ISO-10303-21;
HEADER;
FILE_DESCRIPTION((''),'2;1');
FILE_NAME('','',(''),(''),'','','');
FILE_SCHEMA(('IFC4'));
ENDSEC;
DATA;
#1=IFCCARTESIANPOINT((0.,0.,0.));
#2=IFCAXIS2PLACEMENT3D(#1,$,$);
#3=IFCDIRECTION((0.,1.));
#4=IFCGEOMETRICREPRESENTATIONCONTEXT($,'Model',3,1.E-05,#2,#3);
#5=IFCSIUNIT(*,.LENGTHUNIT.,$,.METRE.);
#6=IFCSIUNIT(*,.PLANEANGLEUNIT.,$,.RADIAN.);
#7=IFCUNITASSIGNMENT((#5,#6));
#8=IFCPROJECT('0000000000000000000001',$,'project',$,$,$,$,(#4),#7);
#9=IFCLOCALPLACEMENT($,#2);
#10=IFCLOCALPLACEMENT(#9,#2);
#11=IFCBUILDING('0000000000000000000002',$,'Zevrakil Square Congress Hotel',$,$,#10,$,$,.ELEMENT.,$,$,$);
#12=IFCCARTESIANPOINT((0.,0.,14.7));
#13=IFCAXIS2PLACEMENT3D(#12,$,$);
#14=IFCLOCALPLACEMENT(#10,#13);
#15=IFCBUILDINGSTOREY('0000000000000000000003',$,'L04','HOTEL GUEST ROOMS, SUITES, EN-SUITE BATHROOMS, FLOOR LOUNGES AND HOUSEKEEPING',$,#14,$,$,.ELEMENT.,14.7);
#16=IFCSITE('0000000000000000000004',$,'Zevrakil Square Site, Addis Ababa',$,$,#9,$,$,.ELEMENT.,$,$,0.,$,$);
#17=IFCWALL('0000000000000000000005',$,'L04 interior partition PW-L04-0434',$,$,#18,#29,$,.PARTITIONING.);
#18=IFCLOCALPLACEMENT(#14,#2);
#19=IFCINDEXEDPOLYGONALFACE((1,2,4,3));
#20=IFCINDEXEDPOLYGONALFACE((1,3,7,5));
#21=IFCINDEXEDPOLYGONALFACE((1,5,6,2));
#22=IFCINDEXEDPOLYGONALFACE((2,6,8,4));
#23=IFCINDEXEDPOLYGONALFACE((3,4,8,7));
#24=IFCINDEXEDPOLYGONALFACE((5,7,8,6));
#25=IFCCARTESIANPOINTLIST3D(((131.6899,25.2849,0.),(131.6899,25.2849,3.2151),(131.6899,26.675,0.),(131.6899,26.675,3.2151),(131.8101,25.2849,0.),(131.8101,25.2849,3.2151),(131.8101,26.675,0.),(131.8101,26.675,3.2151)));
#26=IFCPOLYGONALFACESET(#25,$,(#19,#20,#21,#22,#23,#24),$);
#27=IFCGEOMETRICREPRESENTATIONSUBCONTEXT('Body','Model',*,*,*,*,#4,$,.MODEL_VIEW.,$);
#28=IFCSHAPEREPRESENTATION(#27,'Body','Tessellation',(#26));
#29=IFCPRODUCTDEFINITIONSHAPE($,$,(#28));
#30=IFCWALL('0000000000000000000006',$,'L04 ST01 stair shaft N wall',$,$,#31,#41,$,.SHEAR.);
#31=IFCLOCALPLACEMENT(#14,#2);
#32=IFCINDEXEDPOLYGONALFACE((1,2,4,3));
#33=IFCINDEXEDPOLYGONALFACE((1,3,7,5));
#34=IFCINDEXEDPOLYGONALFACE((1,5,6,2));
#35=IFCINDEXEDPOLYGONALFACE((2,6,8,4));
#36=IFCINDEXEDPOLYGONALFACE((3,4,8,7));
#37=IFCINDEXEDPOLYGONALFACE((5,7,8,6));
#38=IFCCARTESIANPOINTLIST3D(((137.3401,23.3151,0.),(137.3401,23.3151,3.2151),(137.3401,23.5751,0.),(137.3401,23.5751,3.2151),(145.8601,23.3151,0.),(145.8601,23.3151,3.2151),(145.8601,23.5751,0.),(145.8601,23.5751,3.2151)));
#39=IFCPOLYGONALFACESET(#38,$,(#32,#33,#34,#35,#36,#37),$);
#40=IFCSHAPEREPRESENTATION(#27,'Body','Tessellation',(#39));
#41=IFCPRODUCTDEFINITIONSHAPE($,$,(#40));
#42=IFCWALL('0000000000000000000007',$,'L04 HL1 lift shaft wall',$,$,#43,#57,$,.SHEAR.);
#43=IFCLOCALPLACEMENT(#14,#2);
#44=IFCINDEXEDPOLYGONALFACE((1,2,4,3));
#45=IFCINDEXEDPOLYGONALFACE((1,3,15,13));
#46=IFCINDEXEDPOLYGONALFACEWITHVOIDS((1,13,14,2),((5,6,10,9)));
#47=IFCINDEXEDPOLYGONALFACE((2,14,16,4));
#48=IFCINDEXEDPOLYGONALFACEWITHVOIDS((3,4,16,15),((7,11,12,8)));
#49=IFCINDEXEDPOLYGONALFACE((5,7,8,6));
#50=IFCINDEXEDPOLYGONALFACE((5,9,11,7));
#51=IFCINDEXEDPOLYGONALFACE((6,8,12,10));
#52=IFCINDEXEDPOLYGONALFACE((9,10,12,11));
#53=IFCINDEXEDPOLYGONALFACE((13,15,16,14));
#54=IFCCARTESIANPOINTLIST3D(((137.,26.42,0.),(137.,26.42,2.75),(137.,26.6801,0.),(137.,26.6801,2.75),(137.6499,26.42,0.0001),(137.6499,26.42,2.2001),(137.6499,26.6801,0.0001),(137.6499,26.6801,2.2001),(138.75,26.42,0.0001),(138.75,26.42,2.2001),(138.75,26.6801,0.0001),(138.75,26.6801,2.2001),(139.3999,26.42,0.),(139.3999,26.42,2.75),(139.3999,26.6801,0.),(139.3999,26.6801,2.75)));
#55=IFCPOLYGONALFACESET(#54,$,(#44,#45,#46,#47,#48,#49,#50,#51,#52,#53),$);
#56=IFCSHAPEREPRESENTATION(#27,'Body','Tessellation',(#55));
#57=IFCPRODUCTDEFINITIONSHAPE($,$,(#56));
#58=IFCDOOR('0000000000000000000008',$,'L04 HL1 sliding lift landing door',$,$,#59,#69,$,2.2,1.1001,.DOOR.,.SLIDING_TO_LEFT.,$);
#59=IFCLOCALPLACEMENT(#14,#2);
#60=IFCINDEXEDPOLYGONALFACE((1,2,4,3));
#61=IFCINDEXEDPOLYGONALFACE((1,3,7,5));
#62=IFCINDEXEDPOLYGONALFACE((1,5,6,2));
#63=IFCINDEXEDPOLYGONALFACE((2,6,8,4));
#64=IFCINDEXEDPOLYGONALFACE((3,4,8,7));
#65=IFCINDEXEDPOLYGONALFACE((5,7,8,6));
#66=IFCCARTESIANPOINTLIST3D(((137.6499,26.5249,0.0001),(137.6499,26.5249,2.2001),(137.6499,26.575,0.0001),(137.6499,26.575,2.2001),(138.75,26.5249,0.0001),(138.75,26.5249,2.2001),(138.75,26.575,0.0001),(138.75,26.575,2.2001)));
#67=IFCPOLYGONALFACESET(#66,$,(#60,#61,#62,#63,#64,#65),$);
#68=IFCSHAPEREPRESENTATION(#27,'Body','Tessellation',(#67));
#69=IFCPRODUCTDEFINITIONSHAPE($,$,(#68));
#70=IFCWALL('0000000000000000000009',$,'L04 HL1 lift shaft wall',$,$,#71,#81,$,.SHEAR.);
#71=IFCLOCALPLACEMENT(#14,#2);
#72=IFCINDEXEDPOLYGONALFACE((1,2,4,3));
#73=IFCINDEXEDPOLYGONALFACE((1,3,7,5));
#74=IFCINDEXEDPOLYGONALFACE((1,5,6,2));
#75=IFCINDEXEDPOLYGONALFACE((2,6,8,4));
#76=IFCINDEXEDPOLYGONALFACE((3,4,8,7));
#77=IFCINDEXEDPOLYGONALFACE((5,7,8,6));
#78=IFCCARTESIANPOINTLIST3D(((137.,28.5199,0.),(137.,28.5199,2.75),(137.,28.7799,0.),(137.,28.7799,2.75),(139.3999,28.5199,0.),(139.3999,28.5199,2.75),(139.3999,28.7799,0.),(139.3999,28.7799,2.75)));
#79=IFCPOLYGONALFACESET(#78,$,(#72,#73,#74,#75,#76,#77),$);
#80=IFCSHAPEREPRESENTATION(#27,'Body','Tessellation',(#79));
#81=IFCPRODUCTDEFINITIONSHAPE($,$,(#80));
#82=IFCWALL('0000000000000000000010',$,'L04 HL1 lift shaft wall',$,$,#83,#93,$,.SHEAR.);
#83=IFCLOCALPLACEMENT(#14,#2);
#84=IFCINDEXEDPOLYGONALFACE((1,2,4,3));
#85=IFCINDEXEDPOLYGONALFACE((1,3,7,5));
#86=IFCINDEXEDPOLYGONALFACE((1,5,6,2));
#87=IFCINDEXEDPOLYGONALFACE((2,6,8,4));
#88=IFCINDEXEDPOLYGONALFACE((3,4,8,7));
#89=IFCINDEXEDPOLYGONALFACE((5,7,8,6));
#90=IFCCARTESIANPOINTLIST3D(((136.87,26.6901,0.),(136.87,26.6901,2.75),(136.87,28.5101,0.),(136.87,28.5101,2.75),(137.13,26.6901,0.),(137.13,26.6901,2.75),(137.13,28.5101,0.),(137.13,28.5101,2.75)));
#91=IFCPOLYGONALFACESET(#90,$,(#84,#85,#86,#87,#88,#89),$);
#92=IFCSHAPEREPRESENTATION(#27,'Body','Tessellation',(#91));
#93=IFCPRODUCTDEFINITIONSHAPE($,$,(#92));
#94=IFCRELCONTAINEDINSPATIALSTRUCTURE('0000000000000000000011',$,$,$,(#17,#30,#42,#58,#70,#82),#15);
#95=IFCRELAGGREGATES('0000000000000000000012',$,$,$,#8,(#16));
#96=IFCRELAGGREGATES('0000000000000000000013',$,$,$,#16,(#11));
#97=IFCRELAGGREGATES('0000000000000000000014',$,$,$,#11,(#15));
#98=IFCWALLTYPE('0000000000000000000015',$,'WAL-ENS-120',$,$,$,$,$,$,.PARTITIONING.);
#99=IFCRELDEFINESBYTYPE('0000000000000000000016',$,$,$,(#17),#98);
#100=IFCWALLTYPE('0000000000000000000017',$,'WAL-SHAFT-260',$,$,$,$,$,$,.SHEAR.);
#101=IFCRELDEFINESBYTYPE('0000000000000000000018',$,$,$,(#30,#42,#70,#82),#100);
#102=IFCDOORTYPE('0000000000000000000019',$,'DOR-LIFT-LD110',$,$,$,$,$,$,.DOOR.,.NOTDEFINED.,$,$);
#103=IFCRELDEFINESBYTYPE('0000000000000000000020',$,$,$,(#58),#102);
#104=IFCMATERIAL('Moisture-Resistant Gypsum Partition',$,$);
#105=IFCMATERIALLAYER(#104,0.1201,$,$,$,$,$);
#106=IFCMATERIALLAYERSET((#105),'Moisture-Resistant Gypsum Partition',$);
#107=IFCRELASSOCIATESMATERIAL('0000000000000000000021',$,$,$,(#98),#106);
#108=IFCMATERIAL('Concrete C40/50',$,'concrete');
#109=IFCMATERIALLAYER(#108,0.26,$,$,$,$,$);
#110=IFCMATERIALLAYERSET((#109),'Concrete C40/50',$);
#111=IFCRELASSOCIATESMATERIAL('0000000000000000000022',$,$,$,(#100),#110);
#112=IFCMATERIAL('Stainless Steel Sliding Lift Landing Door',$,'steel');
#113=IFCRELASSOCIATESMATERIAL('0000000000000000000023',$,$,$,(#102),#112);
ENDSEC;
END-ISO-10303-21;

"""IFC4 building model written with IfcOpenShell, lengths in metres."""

from ifc_helpers import new_model, si_unit, direction, frame, frame_2d, origin, place, context, subcontext, project, spatial, rectangle, extrude, material, layer, layer_set, type_object, element, fill, save


model = new_model("IFC4")

# Units and contexts
model_context = context("Model", 3, precision=1e-05, world=origin(), true_north=direction((0.0, 1.0)))
body_context = subcontext(model_context, "Body", "Model", "MODEL_VIEW")
ifc_project = project(units=[si_unit("LENGTHUNIT", "METRE"), si_unit("PLANEANGLEUNIT", "RADIAN")], contexts=[model_context])

# Site, building, storey
site_placement = place(None, origin())
site = spatial("IfcSite", under=ifc_project, at=site_placement, Name="Zevrakil Square Site, Addis Ababa", CompositionType="ELEMENT", RefElevation=0.0)
building_placement = place(site_placement, origin())
building = spatial("IfcBuilding", under=site, at=building_placement, Name="Zevrakil Square Congress Hotel", CompositionType="ELEMENT")
storey_placement = place(building_placement, frame((0.0, 0.0, 14.7)))
storey = spatial("IfcBuildingStorey", under=building, at=storey_placement, Name="L04", Description="HOTEL GUEST ROOMS, SUITES, EN-SUITE BATHROOMS, FLOOR LOUNGES AND HOUSEKEEPING", CompositionType="ELEMENT", Elevation=14.7)

# Shared definitions
ifc_material_1 = material(Name="Moisture-Resistant Gypsum Partition")
ifc_layer_1 = layer(ifc_material_1, 0.1201)
ifc_layer_set_1 = layer_set([ifc_layer_1], Name="Moisture-Resistant Gypsum Partition")
wall_type_1 = type_object("IfcWallType", Name="WAL-ENS-120", PredefinedType="PARTITIONING", material=ifc_layer_set_1)

# Walls
wall_1_placement = place(storey_placement, frame((131.75, 25.2849, 0.0), z_axis=(0.0, 0.0, 1.0), x_axis=(0.0, 1.0, 0.0)))
element("IfcWall", 1, at=wall_1_placement, inside=storey, type_object=wall_type_1, Name="L04 interior partition PW-L04-0434", PredefinedType="PARTITIONING", context=body_context, shape_type="SweptSolid", body=[
    extrude(rectangle(XDim=1.3901, YDim=0.1201, at=frame_2d((0.6951, 0.0))), origin(), (0.0, 0.0, 1.0), 3.2151),
])
ifc_material_2 = material(Name="Concrete C40/50", Category="concrete")
ifc_layer_2 = layer(ifc_material_2, 0.26)
ifc_layer_set_2 = layer_set([ifc_layer_2], Name="Concrete C40/50")
wall_type_2 = type_object("IfcWallType", Name="WAL-SHAFT-260", PredefinedType="SHEAR", material=ifc_layer_set_2)
wall_2_placement = place(storey_placement, frame((137.3401, 23.4451, 0.0), z_axis=(0.0, 0.0, 1.0), x_axis=(1.0, 0.0, 0.0)))
element("IfcWall", 2, at=wall_2_placement, inside=storey, type_object=wall_type_2, Name="L04 ST01 stair shaft N wall", PredefinedType="SHEAR", context=body_context, shape_type="SweptSolid", body=[
    extrude(rectangle(XDim=8.52, YDim=0.26, at=frame_2d((4.26, 0.0))), origin(), (0.0, 0.0, 1.0), 3.2151),
])

# Wall, opening, door
wall_3_placement = place(storey_placement, frame((137.0, 26.55, 0.0), z_axis=(0.0, 0.0, 1.0), x_axis=(1.0, 0.0, 0.0)))
wall_3 = element("IfcWall", 3, at=wall_3_placement, inside=storey, type_object=wall_type_2, Name="L04 HL1 lift shaft wall", PredefinedType="SHEAR", context=body_context, shape_type="SweptSolid", body=[
    extrude(rectangle(XDim=2.3999, YDim=0.26, at=frame_2d((1.2, 0.0))), origin(), (0.0, 0.0, 1.0), 2.75),
])
opening_1_placement = place(wall_3_placement, frame((0.6499, 0.0, 0.0)))
opening_1 = element("IfcOpeningElement", 4, at=opening_1_placement, cuts=wall_3, PredefinedType="OPENING", context=body_context, shape_type="SweptSolid", body=[
    extrude(rectangle(XDim=1.1001, YDim=2.2, at=frame_2d((0.55, 1.1001))), frame((0.0, 0.1401, 0.0), z_axis=(0.0, -1.0, 0.0), x_axis=(1.0, 0.0, 0.0)), (0.0, 0.0, 1.0), 0.28),
])
ifc_material_3 = material(Name="Stainless Steel Sliding Lift Landing Door", Category="steel")
door_type_1 = type_object("IfcDoorType", Name="DOR-LIFT-LD110", OperationType="NOTDEFINED", PredefinedType="DOOR", material=ifc_material_3)
door_1_placement = place(opening_1_placement, origin())
door_1 = element("IfcDoor", 5, at=door_1_placement, inside=storey, type_object=door_type_1, Name="L04 HL1 sliding lift landing door", OperationType="SLIDING_TO_LEFT", OverallHeight=2.2, OverallWidth=1.1001, PredefinedType="DOOR", context=body_context, shape_type="SweptSolid", body=[
    extrude(rectangle(XDim=1.1001, YDim=2.2, at=frame_2d((0.55, 1.1001))), frame((0.0, 0.0249, 0.0), z_axis=(0.0, -1.0, 0.0), x_axis=(1.0, 0.0, 0.0)), (0.0, 0.0, 1.0), 0.05),
])
fill(opening_1, door_1)

# Walls
wall_4_placement = place(storey_placement, frame((137.0, 28.6499, 0.0), z_axis=(0.0, 0.0, 1.0), x_axis=(1.0, 0.0, 0.0)))
element("IfcWall", 6, at=wall_4_placement, inside=storey, type_object=wall_type_2, Name="L04 HL1 lift shaft wall", PredefinedType="SHEAR", context=body_context, shape_type="SweptSolid", body=[
    extrude(rectangle(XDim=2.3999, YDim=0.26, at=frame_2d((1.2, 0.0))), origin(), (0.0, 0.0, 1.0), 2.75),
])
wall_5_placement = place(storey_placement, frame((137.0, 26.6899, 0.0), z_axis=(0.0, 0.0, 1.0), x_axis=(0.0, 1.0, 0.0)))
element("IfcWall", 7, at=wall_5_placement, inside=storey, type_object=wall_type_2, Name="L04 HL1 lift shaft wall", PredefinedType="SHEAR", context=body_context, shape_type="SweptSolid", body=[
    extrude(rectangle(XDim=1.8201, YDim=0.26, at=frame_2d((0.9102, 0.0))), origin(), (0.0, 0.0, 1.0), 2.75),
])

save(model, "model.ifc")
